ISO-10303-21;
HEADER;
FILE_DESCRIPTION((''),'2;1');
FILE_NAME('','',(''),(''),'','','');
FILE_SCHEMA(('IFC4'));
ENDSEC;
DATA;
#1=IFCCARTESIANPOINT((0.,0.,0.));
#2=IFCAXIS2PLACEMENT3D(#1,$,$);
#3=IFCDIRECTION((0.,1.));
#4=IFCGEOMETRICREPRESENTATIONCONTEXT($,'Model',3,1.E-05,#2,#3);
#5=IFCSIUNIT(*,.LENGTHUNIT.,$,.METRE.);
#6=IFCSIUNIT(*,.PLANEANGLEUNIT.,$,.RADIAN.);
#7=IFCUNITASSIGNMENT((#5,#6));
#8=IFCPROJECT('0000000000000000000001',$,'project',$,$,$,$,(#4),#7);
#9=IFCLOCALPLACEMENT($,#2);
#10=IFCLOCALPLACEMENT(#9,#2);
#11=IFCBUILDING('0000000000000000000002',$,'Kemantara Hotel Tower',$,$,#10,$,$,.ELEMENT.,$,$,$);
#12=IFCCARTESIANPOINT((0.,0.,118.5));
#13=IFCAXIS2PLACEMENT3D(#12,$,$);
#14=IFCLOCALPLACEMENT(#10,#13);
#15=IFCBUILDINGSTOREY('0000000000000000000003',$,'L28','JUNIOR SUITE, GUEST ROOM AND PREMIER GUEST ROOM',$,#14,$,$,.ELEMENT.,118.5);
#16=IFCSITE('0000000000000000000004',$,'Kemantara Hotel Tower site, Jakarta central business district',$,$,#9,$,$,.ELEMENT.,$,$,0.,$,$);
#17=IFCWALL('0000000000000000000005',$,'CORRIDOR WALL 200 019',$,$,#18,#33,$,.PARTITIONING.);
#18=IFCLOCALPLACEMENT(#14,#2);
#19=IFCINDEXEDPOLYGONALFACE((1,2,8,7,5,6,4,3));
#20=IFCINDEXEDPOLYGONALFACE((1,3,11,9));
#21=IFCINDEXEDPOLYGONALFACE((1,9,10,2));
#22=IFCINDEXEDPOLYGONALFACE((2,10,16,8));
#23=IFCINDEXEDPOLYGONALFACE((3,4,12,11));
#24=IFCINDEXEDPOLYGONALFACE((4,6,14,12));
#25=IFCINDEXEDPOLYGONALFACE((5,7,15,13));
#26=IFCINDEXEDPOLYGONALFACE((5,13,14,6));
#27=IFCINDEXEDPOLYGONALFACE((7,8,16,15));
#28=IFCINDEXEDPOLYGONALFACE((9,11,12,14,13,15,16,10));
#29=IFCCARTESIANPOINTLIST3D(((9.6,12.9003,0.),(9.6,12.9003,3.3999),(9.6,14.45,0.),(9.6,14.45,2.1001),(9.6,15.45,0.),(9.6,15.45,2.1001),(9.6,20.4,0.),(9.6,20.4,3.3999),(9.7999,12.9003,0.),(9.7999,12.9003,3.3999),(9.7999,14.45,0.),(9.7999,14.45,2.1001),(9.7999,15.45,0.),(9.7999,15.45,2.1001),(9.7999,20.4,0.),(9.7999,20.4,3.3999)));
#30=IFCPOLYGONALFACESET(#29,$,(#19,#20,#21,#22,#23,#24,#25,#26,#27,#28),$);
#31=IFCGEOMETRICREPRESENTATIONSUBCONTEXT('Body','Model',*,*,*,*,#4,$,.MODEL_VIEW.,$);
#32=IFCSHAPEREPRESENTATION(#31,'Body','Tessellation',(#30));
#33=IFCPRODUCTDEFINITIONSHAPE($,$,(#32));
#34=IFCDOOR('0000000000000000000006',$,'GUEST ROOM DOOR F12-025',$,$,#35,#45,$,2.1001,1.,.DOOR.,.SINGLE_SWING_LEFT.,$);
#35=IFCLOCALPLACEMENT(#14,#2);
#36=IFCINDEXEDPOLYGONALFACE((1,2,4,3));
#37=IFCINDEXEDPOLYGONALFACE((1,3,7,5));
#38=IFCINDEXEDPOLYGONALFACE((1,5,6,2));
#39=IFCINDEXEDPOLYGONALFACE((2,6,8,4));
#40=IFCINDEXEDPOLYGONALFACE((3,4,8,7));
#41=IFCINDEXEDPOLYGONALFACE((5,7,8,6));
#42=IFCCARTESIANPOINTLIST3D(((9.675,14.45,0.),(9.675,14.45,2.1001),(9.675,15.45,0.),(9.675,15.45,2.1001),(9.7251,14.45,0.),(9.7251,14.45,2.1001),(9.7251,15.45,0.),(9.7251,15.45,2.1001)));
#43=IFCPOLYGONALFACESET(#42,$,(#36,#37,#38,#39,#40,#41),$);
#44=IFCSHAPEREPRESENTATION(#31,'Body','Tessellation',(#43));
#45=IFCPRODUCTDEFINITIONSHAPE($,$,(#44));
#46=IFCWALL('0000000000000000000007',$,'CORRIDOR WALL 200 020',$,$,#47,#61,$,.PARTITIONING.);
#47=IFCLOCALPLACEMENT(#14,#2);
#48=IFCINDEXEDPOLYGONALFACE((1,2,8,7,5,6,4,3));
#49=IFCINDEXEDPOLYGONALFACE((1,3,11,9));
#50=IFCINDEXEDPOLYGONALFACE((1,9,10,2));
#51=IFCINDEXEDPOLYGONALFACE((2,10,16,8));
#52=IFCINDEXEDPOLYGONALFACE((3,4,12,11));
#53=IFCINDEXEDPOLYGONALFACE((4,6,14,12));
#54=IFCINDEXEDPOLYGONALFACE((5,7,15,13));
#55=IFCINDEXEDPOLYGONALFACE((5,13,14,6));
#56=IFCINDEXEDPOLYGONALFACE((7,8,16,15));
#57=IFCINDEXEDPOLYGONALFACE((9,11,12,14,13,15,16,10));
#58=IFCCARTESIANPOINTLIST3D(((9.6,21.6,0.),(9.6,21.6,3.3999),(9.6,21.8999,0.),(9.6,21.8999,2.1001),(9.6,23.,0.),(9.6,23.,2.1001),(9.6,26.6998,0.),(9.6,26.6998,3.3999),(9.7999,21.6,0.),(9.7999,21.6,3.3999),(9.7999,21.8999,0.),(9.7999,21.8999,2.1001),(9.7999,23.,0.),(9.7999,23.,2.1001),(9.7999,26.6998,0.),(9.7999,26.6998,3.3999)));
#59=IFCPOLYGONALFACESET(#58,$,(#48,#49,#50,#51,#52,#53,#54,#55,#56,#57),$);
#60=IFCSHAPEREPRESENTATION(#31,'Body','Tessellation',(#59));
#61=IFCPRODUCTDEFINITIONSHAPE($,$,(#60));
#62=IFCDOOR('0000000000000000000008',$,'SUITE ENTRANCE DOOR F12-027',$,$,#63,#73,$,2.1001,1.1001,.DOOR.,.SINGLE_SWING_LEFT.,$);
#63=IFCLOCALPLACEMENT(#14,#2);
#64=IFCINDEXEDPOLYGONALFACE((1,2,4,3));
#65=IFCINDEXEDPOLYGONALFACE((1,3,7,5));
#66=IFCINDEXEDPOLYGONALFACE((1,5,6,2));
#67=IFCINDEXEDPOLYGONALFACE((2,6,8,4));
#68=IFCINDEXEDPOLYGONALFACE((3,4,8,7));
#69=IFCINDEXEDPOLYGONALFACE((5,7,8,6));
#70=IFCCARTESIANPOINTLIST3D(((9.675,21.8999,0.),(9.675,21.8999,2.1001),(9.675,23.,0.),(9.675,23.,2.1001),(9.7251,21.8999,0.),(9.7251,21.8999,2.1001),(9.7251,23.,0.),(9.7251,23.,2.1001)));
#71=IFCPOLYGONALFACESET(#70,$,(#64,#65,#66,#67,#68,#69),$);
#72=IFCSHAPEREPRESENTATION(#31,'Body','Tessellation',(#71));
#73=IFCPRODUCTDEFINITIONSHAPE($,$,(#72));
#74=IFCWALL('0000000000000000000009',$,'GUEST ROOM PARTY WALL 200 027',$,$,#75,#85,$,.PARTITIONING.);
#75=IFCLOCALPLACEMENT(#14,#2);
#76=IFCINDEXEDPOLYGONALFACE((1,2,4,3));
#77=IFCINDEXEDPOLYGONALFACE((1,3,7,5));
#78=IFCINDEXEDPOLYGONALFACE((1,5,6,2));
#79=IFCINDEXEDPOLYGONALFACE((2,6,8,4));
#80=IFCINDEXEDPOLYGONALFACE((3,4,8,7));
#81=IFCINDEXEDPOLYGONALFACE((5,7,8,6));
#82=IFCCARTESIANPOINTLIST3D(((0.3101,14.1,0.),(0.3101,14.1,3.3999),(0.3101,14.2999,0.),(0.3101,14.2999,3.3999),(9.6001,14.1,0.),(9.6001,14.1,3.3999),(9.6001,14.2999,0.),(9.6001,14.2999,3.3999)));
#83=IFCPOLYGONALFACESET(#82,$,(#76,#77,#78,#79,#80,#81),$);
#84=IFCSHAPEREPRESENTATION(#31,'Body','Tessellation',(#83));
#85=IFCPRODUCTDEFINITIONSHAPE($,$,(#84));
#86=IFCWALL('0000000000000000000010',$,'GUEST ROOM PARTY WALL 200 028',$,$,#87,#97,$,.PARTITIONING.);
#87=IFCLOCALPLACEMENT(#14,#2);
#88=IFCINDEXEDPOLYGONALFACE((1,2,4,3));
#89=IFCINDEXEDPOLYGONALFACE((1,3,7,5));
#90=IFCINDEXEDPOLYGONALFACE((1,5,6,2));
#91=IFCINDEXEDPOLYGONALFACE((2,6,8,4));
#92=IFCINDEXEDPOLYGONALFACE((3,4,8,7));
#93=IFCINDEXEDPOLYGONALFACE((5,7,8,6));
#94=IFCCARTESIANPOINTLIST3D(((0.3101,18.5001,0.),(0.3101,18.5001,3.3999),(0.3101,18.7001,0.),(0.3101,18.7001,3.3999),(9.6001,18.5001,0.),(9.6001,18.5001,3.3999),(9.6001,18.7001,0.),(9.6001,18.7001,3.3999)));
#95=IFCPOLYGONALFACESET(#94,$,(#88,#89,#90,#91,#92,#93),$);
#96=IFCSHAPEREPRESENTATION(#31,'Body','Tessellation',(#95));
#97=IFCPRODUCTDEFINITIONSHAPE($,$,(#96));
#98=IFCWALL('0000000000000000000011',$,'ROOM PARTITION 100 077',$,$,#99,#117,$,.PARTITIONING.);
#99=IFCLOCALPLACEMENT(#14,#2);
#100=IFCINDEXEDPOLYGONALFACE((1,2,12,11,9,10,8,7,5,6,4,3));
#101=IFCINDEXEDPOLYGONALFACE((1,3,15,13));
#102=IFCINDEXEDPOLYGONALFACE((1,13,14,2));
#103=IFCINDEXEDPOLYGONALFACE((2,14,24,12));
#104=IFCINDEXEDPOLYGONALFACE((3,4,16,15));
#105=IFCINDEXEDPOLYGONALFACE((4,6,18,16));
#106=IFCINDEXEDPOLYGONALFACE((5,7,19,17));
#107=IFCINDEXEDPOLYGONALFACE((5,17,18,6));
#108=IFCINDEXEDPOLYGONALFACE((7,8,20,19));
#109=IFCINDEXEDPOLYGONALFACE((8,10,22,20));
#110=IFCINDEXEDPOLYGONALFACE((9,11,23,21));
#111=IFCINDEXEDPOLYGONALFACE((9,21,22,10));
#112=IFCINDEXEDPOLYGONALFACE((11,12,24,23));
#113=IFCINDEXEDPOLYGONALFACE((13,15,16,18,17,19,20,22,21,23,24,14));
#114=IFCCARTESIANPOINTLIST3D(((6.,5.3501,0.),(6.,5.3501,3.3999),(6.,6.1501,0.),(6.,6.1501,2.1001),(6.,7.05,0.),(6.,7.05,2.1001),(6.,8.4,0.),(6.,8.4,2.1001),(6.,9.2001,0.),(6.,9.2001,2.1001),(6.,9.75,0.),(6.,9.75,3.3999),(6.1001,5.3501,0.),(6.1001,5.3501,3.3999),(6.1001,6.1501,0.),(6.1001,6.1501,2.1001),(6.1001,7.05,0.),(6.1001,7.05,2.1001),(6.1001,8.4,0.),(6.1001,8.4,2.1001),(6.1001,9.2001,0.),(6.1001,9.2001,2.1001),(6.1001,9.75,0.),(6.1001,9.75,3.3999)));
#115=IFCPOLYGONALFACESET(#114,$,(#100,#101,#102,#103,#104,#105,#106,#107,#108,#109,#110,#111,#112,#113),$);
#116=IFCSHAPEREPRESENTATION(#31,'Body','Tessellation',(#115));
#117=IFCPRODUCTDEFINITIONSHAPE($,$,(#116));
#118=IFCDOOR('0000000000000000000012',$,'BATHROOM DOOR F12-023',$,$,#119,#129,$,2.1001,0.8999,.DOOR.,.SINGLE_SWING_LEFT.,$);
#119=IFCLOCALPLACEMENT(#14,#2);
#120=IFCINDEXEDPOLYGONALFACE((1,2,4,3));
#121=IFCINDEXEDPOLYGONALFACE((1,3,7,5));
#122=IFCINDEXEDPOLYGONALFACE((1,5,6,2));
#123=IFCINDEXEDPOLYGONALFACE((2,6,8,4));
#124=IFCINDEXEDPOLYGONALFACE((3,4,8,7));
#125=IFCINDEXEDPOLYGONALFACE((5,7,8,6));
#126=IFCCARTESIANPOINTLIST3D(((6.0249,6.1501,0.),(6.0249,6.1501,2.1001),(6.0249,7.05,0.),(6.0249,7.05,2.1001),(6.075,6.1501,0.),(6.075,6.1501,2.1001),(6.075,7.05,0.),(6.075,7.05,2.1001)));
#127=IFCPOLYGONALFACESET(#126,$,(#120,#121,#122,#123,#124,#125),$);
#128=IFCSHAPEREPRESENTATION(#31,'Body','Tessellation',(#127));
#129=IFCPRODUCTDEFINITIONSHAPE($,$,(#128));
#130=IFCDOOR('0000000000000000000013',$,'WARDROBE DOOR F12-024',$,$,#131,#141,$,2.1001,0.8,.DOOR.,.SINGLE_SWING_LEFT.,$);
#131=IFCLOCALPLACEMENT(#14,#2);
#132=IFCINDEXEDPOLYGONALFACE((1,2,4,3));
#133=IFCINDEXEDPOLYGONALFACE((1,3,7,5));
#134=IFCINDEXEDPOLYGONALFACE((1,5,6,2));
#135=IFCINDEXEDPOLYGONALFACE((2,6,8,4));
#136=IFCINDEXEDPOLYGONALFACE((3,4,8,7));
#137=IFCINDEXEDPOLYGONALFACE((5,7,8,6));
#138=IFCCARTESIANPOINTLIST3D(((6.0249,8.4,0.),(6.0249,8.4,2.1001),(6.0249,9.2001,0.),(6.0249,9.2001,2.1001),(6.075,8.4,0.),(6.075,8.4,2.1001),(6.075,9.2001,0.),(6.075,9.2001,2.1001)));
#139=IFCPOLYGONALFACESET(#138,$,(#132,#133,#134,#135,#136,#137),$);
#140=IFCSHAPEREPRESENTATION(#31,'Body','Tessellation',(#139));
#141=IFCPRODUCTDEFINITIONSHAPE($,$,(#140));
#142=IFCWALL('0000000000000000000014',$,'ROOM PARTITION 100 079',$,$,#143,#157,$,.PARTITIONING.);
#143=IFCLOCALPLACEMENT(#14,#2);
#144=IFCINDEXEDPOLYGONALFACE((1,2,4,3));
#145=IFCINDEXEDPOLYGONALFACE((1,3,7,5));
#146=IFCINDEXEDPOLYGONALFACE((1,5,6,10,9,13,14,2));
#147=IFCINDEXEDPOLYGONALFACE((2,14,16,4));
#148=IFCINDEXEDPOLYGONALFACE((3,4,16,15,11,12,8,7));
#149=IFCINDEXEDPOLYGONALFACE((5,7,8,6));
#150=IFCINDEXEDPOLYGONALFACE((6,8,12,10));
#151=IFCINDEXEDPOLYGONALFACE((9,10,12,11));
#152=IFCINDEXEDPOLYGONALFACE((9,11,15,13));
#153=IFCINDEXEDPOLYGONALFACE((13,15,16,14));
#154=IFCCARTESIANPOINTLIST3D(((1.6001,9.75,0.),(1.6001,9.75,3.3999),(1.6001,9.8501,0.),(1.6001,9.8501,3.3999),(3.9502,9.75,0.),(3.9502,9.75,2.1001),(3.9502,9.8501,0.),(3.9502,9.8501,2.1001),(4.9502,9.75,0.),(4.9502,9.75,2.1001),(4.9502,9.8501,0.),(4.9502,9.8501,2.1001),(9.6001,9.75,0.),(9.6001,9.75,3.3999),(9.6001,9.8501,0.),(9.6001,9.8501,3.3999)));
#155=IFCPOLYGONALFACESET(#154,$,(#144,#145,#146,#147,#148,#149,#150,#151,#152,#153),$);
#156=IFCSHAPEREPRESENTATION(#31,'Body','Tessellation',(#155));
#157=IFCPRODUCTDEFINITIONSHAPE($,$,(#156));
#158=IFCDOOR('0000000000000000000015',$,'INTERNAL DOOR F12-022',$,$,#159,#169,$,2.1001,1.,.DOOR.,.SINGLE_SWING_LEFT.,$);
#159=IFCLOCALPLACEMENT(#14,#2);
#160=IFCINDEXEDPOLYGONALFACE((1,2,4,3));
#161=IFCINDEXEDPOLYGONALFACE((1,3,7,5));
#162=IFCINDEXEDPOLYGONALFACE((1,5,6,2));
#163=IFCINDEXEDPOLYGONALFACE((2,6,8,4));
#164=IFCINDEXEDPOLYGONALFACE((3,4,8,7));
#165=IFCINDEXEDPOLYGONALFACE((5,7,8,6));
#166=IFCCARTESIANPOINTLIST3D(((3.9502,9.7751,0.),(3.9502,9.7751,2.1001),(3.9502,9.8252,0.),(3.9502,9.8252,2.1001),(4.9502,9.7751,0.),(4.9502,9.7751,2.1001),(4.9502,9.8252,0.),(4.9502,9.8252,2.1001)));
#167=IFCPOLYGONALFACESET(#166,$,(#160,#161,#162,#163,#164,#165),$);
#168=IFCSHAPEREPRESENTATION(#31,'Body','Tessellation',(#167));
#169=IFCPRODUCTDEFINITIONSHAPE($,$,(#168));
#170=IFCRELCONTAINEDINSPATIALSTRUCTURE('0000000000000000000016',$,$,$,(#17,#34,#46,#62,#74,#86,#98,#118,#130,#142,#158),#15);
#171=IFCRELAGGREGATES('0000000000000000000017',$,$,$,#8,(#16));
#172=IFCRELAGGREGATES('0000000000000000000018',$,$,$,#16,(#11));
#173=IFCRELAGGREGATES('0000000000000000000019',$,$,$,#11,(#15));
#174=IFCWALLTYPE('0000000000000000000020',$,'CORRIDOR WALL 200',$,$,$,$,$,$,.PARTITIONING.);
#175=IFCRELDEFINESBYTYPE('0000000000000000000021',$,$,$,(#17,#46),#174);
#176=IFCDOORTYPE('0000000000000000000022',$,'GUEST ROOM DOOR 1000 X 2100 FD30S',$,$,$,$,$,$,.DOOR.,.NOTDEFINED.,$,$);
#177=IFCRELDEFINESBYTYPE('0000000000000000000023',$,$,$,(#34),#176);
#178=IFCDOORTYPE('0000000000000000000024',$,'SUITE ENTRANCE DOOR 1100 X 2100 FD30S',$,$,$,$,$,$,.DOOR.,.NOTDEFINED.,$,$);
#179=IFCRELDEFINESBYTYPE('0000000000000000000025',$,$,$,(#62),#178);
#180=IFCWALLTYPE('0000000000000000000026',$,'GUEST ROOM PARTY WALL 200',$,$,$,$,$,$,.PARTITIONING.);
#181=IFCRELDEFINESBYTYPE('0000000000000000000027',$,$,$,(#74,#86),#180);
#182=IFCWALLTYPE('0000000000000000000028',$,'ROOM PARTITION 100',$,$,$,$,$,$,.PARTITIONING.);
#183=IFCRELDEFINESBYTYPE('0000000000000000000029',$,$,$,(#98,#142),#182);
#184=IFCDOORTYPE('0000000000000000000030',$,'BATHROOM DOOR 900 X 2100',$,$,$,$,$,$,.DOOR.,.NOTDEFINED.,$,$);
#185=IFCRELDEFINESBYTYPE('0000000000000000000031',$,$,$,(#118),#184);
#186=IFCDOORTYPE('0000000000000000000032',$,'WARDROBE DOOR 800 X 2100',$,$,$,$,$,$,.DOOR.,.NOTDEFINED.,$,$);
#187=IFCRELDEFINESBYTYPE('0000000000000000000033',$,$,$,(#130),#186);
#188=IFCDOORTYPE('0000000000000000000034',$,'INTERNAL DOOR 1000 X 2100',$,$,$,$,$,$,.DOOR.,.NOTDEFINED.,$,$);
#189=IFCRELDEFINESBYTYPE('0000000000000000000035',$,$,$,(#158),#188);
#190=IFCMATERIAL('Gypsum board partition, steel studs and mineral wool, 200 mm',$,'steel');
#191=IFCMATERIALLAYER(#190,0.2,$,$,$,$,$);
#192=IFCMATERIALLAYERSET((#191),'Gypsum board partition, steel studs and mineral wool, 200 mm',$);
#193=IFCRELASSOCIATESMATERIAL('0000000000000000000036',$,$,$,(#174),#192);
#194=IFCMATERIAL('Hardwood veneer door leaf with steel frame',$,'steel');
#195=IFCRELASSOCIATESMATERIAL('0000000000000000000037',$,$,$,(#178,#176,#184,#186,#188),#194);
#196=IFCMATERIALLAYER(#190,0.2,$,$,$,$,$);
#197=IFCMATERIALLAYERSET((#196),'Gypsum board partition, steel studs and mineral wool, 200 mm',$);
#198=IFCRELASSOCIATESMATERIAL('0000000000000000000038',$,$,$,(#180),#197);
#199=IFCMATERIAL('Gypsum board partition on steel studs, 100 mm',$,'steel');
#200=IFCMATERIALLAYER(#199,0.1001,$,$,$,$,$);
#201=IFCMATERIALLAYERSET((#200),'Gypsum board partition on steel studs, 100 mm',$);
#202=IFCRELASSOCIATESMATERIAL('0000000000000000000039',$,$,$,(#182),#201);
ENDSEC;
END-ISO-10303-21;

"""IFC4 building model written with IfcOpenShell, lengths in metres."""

from ifc_helpers import new_model, si_unit, direction, frame, frame_2d, origin, place, context, subcontext, project, spatial, rectangle, extrude, material, layer, layer_set, type_object, element, fill, save


model = new_model("IFC4")

# Units and contexts
model_context = context("Model", 3, precision=1e-05, world=origin(), true_north=direction((0.0, 1.0)))
body_context = subcontext(model_context, "Body", "Model", "MODEL_VIEW")
ifc_project = project(units=[si_unit("LENGTHUNIT", "METRE"), si_unit("PLANEANGLEUNIT", "RADIAN")], contexts=[model_context])

# Site, building, storey
site_placement = place(None, origin())
site = spatial("IfcSite", under=ifc_project, at=site_placement, Name="Kemantara Hotel Tower site, Jakarta central business district", CompositionType="ELEMENT", RefElevation=0.0)
building_placement = place(site_placement, origin())
building = spatial("IfcBuilding", under=site, at=building_placement, Name="Kemantara Hotel Tower", CompositionType="ELEMENT")
storey_placement = place(building_placement, frame((0.0, 0.0, 118.5)))
storey = spatial("IfcBuildingStorey", under=building, at=storey_placement, Name="L28", Description="JUNIOR SUITE, GUEST ROOM AND PREMIER GUEST ROOM", CompositionType="ELEMENT", Elevation=118.5)

# Walls, openings, doors
ifc_material_1 = material(Name="Gypsum board partition, steel studs and mineral wool, 200 mm", Category="steel")
ifc_layer_1 = layer(ifc_material_1, 0.2)
ifc_layer_set_1 = layer_set([ifc_layer_1], Name="Gypsum board partition, steel studs and mineral wool, 200 mm")
wall_type_1 = type_object("IfcWallType", Name="CORRIDOR WALL 200", PredefinedType="PARTITIONING", material=ifc_layer_set_1)
ifc_material_2 = material(Name="Hardwood veneer door leaf with steel frame", Category="steel")
door_type_1 = type_object("IfcDoorType", Name="SUITE ENTRANCE DOOR 1100 X 2100 FD30S", OperationType="NOTDEFINED", PredefinedType="DOOR", material=ifc_material_2)
wall_1_placement = place(storey_placement, frame((9.7, 12.9001, 0.0), z_axis=(0.0, 0.0, 1.0), x_axis=(0.0, 1.0, 0.0)))
wall_1 = element("IfcWall", 1, at=wall_1_placement, inside=storey, type_object=wall_type_1, Name="CORRIDOR WALL 200 019", PredefinedType="PARTITIONING", context=body_context, shape_type="SweptSolid", body=[
    extrude(rectangle(XDim=7.4998, YDim=0.2, at=frame_2d((3.75, 0.0))), origin(), (0.0, 0.0, 1.0), 3.3999),
])
opening_1_placement = place(wall_1_placement, frame((1.5498, 0.0, 0.0)))
opening_1 = element("IfcOpeningElement", 2, at=opening_1_placement, cuts=wall_1, PredefinedType="OPENING", context=body_context, shape_type="SweptSolid", body=[
    extrude(rectangle(XDim=1.0, YDim=2.1001, at=frame_2d((0.5, 1.05))), frame((0.0, 0.1099, 0.0), z_axis=(0.0, -1.0, 0.0), x_axis=(1.0, 0.0, 0.0)), (0.0, 0.0, 1.0), 0.22),
])
door_type_2 = type_object("IfcDoorType", Name="GUEST ROOM DOOR 1000 X 2100 FD30S", OperationType="NOTDEFINED", PredefinedType="DOOR", material=ifc_material_2)
door_1_placement = place(opening_1_placement, origin())
door_1 = element("IfcDoor", 3, at=door_1_placement, inside=storey, type_object=door_type_2, Name="GUEST ROOM DOOR F12-025", OperationType="SINGLE_SWING_LEFT", OverallHeight=2.1001, OverallWidth=1.0, PredefinedType="DOOR", context=body_context, shape_type="SweptSolid", body=[
    extrude(rectangle(XDim=1.0, YDim=2.1001, at=frame_2d((0.5, 1.05))), frame((0.0, 0.0249, 0.0), z_axis=(0.0, -1.0, 0.0), x_axis=(1.0, 0.0, 0.0)), (0.0, 0.0, 1.0), 0.05),
])
fill(opening_1, door_1)
wall_2_placement = place(storey_placement, frame((9.7, 21.6001, 0.0), z_axis=(0.0, 0.0, 1.0), x_axis=(0.0, 1.0, 0.0)))
wall_2 = element("IfcWall", 4, at=wall_2_placement, inside=storey, type_object=wall_type_1, Name="CORRIDOR WALL 200 020", PredefinedType="PARTITIONING", context=body_context, shape_type="SweptSolid", body=[
    extrude(rectangle(XDim=5.0999, YDim=0.2, at=frame_2d((2.5498, 0.0))), origin(), (0.0, 0.0, 1.0), 3.3999),
])
opening_2_placement = place(wall_2_placement, frame((0.2998, 0.0, 0.0)))
opening_2 = element("IfcOpeningElement", 5, at=opening_2_placement, cuts=wall_2, PredefinedType="OPENING", context=body_context, shape_type="SweptSolid", body=[
    extrude(rectangle(XDim=1.1001, YDim=2.1001, at=frame_2d((0.55, 1.05))), frame((0.0, 0.1099, 0.0), z_axis=(0.0, -1.0, 0.0), x_axis=(1.0, 0.0, 0.0)), (0.0, 0.0, 1.0), 0.22),
])
door_2_placement = place(opening_2_placement, origin())
door_2 = element("IfcDoor", 6, at=door_2_placement, inside=storey, type_object=door_type_1, Name="SUITE ENTRANCE DOOR F12-027", OperationType="SINGLE_SWING_LEFT", OverallHeight=2.1001, OverallWidth=1.1001, PredefinedType="DOOR", context=body_context, shape_type="SweptSolid", body=[
    extrude(rectangle(XDim=1.1001, YDim=2.1001, at=frame_2d((0.55, 1.05))), frame((0.0, 0.0249, 0.0), z_axis=(0.0, -1.0, 0.0), x_axis=(1.0, 0.0, 0.0)), (0.0, 0.0, 1.0), 0.05),
])
fill(opening_2, door_2)

# Walls
ifc_layer_2 = layer(ifc_material_1, 0.2)
ifc_layer_set_2 = layer_set([ifc_layer_2], Name="Gypsum board partition, steel studs and mineral wool, 200 mm")
wall_type_2 = type_object("IfcWallType", Name="GUEST ROOM PARTY WALL 200", PredefinedType="PARTITIONING", material=ifc_layer_set_2)
for number, where, z_axis, x_axis, name in (
    (7, (0.3101, 14.2, 0.0), (0.0, 0.0, 1.0), (1.0, 0.0, 0.0), "GUEST ROOM PARTY WALL 200 027"),
    (8, (0.3101, 18.6001, 0.0), (0.0, 0.0, 1.0), (1.0, 0.0, 0.0), "GUEST ROOM PARTY WALL 200 028"),
):
    element("IfcWall", number, at=place(storey_placement, frame(where, z_axis=z_axis, x_axis=x_axis)), inside=storey, type_object=wall_type_2, Name=name, PredefinedType="PARTITIONING", context=body_context, shape_type="SweptSolid", body=[
        extrude(rectangle(XDim=9.29, YDim=0.2, at=frame_2d((4.645, 0.0))), origin(), (0.0, 0.0, 1.0), 3.3999),
    ])

# Wall, openings, doors
ifc_material_3 = material(Name="Gypsum board partition on steel studs, 100 mm", Category="steel")
ifc_layer_3 = layer(ifc_material_3, 0.1001)
ifc_layer_set_3 = layer_set([ifc_layer_3], Name="Gypsum board partition on steel studs, 100 mm")
wall_type_3 = type_object("IfcWallType", Name="ROOM PARTITION 100", PredefinedType="PARTITIONING", material=ifc_layer_set_3)
wall_3_placement = place(storey_placement, frame((6.05, 9.75, 0.0), z_axis=(0.0, 0.0, 1.0), x_axis=(0.0, -1.0, 0.0)))
wall_3 = element("IfcWall", 9, at=wall_3_placement, inside=storey, type_object=wall_type_3, Name="ROOM PARTITION 100 077", PredefinedType="PARTITIONING", context=body_context, shape_type="SweptSolid", body=[
    extrude(rectangle(XDim=4.3999, YDim=0.1001, at=frame_2d((2.2, 0.0))), origin(), (0.0, 0.0, 1.0), 3.3999),
])
opening_3_placement = place(wall_3_placement, frame((2.7, 0.0, 0.0)))
opening_3 = element("IfcOpeningElement", 10, at=opening_3_placement, cuts=wall_3, PredefinedType="OPENING", context=body_context, shape_type="SweptSolid", body=[
    extrude(rectangle(XDim=0.8999, YDim=2.1001, at=frame_2d((0.45, 1.05))), frame((0.0, 0.0601, 0.0), z_axis=(0.0, -1.0, 0.0), x_axis=(1.0, 0.0, 0.0)), (0.0, 0.0, 1.0), 0.1201),
])
opening_4_placement = place(wall_3_placement, frame((0.55, 0.0, 0.0)))
opening_4 = element("IfcOpeningElement", 11, at=opening_4_placement, cuts=wall_3, PredefinedType="OPENING", context=body_context, shape_type="SweptSolid", body=[
    extrude(rectangle(XDim=0.8, YDim=2.1001, at=frame_2d((0.3999, 1.05))), frame((0.0, 0.0601, 0.0), z_axis=(0.0, -1.0, 0.0), x_axis=(1.0, 0.0, 0.0)), (0.0, 0.0, 1.0), 0.1201),
])
door_type_3 = type_object("IfcDoorType", Name="BATHROOM DOOR 900 X 2100", OperationType="NOTDEFINED", PredefinedType="DOOR", material=ifc_material_2)
door_3_placement = place(opening_3_placement, origin())
door_3 = element("IfcDoor", 12, at=door_3_placement, inside=storey, type_object=door_type_3, Name="BATHROOM DOOR F12-023", OperationType="SINGLE_SWING_LEFT", OverallHeight=2.1001, OverallWidth=0.8999, PredefinedType="DOOR", context=body_context, shape_type="SweptSolid", body=[
    extrude(rectangle(XDim=0.8999, YDim=2.1001, at=frame_2d((0.45, 1.05))), frame((0.0, 0.0249, 0.0), z_axis=(0.0, -1.0, 0.0), x_axis=(1.0, 0.0, 0.0)), (0.0, 0.0, 1.0), 0.05),
])
fill(opening_3, door_3)
door_type_4 = type_object("IfcDoorType", Name="WARDROBE DOOR 800 X 2100", OperationType="NOTDEFINED", PredefinedType="DOOR", material=ifc_material_2)
door_4_placement = place(opening_4_placement, origin())
door_4 = element("IfcDoor", 13, at=door_4_placement, inside=storey, type_object=door_type_4, Name="WARDROBE DOOR F12-024", OperationType="SINGLE_SWING_LEFT", OverallHeight=2.1001, OverallWidth=0.8, PredefinedType="DOOR", context=body_context, shape_type="SweptSolid", body=[
    extrude(rectangle(XDim=0.8, YDim=2.1001, at=frame_2d((0.3999, 1.05))), frame((0.0, 0.0249, 0.0), z_axis=(0.0, -1.0, 0.0), x_axis=(1.0, 0.0, 0.0)), (0.0, 0.0, 1.0), 0.05),
])
fill(opening_4, door_4)

# Wall, opening, door
wall_4_placement = place(storey_placement, frame((9.6001, 9.8, 0.0), z_axis=(0.0, 0.0, 1.0), x_axis=(-1.0, 0.0, 0.0)))
wall_4 = element("IfcWall", 14, at=wall_4_placement, inside=storey, type_object=wall_type_3, Name="ROOM PARTITION 100 079", PredefinedType="PARTITIONING", context=body_context, shape_type="SweptSolid", body=[
    extrude(rectangle(XDim=8.0, YDim=0.1001, at=frame_2d((4.0, 0.0))), origin(), (0.0, 0.0, 1.0), 3.3999),
])
opening_5_placement = place(wall_4_placement, frame((4.6499, 0.0, 0.0)))
opening_5 = element("IfcOpeningElement", 15, at=opening_5_placement, cuts=wall_4, PredefinedType="OPENING", context=body_context, shape_type="SweptSolid", body=[
    extrude(rectangle(XDim=1.0, YDim=2.1001, at=frame_2d((0.5, 1.05))), frame((0.0, 0.0601, 0.0), z_axis=(0.0, -1.0, 0.0), x_axis=(1.0, 0.0, 0.0)), (0.0, 0.0, 1.0), 0.1201),
])
door_type_5 = type_object("IfcDoorType", Name="INTERNAL DOOR 1000 X 2100", OperationType="NOTDEFINED", PredefinedType="DOOR", material=ifc_material_2)
door_5_placement = place(opening_5_placement, origin())
door_5 = element("IfcDoor", 16, at=door_5_placement, inside=storey, type_object=door_type_5, Name="INTERNAL DOOR F12-022", OperationType="SINGLE_SWING_LEFT", OverallHeight=2.1001, OverallWidth=1.0, PredefinedType="DOOR", context=body_context, shape_type="SweptSolid", body=[
    extrude(rectangle(XDim=1.0, YDim=2.1001, at=frame_2d((0.5, 1.05))), frame((0.0, 0.0249, 0.0), z_axis=(0.0, -1.0, 0.0), x_axis=(1.0, 0.0, 0.0)), (0.0, 0.0, 1.0), 0.05),
])
fill(opening_5, door_5)

save(model, "model.ifc")
